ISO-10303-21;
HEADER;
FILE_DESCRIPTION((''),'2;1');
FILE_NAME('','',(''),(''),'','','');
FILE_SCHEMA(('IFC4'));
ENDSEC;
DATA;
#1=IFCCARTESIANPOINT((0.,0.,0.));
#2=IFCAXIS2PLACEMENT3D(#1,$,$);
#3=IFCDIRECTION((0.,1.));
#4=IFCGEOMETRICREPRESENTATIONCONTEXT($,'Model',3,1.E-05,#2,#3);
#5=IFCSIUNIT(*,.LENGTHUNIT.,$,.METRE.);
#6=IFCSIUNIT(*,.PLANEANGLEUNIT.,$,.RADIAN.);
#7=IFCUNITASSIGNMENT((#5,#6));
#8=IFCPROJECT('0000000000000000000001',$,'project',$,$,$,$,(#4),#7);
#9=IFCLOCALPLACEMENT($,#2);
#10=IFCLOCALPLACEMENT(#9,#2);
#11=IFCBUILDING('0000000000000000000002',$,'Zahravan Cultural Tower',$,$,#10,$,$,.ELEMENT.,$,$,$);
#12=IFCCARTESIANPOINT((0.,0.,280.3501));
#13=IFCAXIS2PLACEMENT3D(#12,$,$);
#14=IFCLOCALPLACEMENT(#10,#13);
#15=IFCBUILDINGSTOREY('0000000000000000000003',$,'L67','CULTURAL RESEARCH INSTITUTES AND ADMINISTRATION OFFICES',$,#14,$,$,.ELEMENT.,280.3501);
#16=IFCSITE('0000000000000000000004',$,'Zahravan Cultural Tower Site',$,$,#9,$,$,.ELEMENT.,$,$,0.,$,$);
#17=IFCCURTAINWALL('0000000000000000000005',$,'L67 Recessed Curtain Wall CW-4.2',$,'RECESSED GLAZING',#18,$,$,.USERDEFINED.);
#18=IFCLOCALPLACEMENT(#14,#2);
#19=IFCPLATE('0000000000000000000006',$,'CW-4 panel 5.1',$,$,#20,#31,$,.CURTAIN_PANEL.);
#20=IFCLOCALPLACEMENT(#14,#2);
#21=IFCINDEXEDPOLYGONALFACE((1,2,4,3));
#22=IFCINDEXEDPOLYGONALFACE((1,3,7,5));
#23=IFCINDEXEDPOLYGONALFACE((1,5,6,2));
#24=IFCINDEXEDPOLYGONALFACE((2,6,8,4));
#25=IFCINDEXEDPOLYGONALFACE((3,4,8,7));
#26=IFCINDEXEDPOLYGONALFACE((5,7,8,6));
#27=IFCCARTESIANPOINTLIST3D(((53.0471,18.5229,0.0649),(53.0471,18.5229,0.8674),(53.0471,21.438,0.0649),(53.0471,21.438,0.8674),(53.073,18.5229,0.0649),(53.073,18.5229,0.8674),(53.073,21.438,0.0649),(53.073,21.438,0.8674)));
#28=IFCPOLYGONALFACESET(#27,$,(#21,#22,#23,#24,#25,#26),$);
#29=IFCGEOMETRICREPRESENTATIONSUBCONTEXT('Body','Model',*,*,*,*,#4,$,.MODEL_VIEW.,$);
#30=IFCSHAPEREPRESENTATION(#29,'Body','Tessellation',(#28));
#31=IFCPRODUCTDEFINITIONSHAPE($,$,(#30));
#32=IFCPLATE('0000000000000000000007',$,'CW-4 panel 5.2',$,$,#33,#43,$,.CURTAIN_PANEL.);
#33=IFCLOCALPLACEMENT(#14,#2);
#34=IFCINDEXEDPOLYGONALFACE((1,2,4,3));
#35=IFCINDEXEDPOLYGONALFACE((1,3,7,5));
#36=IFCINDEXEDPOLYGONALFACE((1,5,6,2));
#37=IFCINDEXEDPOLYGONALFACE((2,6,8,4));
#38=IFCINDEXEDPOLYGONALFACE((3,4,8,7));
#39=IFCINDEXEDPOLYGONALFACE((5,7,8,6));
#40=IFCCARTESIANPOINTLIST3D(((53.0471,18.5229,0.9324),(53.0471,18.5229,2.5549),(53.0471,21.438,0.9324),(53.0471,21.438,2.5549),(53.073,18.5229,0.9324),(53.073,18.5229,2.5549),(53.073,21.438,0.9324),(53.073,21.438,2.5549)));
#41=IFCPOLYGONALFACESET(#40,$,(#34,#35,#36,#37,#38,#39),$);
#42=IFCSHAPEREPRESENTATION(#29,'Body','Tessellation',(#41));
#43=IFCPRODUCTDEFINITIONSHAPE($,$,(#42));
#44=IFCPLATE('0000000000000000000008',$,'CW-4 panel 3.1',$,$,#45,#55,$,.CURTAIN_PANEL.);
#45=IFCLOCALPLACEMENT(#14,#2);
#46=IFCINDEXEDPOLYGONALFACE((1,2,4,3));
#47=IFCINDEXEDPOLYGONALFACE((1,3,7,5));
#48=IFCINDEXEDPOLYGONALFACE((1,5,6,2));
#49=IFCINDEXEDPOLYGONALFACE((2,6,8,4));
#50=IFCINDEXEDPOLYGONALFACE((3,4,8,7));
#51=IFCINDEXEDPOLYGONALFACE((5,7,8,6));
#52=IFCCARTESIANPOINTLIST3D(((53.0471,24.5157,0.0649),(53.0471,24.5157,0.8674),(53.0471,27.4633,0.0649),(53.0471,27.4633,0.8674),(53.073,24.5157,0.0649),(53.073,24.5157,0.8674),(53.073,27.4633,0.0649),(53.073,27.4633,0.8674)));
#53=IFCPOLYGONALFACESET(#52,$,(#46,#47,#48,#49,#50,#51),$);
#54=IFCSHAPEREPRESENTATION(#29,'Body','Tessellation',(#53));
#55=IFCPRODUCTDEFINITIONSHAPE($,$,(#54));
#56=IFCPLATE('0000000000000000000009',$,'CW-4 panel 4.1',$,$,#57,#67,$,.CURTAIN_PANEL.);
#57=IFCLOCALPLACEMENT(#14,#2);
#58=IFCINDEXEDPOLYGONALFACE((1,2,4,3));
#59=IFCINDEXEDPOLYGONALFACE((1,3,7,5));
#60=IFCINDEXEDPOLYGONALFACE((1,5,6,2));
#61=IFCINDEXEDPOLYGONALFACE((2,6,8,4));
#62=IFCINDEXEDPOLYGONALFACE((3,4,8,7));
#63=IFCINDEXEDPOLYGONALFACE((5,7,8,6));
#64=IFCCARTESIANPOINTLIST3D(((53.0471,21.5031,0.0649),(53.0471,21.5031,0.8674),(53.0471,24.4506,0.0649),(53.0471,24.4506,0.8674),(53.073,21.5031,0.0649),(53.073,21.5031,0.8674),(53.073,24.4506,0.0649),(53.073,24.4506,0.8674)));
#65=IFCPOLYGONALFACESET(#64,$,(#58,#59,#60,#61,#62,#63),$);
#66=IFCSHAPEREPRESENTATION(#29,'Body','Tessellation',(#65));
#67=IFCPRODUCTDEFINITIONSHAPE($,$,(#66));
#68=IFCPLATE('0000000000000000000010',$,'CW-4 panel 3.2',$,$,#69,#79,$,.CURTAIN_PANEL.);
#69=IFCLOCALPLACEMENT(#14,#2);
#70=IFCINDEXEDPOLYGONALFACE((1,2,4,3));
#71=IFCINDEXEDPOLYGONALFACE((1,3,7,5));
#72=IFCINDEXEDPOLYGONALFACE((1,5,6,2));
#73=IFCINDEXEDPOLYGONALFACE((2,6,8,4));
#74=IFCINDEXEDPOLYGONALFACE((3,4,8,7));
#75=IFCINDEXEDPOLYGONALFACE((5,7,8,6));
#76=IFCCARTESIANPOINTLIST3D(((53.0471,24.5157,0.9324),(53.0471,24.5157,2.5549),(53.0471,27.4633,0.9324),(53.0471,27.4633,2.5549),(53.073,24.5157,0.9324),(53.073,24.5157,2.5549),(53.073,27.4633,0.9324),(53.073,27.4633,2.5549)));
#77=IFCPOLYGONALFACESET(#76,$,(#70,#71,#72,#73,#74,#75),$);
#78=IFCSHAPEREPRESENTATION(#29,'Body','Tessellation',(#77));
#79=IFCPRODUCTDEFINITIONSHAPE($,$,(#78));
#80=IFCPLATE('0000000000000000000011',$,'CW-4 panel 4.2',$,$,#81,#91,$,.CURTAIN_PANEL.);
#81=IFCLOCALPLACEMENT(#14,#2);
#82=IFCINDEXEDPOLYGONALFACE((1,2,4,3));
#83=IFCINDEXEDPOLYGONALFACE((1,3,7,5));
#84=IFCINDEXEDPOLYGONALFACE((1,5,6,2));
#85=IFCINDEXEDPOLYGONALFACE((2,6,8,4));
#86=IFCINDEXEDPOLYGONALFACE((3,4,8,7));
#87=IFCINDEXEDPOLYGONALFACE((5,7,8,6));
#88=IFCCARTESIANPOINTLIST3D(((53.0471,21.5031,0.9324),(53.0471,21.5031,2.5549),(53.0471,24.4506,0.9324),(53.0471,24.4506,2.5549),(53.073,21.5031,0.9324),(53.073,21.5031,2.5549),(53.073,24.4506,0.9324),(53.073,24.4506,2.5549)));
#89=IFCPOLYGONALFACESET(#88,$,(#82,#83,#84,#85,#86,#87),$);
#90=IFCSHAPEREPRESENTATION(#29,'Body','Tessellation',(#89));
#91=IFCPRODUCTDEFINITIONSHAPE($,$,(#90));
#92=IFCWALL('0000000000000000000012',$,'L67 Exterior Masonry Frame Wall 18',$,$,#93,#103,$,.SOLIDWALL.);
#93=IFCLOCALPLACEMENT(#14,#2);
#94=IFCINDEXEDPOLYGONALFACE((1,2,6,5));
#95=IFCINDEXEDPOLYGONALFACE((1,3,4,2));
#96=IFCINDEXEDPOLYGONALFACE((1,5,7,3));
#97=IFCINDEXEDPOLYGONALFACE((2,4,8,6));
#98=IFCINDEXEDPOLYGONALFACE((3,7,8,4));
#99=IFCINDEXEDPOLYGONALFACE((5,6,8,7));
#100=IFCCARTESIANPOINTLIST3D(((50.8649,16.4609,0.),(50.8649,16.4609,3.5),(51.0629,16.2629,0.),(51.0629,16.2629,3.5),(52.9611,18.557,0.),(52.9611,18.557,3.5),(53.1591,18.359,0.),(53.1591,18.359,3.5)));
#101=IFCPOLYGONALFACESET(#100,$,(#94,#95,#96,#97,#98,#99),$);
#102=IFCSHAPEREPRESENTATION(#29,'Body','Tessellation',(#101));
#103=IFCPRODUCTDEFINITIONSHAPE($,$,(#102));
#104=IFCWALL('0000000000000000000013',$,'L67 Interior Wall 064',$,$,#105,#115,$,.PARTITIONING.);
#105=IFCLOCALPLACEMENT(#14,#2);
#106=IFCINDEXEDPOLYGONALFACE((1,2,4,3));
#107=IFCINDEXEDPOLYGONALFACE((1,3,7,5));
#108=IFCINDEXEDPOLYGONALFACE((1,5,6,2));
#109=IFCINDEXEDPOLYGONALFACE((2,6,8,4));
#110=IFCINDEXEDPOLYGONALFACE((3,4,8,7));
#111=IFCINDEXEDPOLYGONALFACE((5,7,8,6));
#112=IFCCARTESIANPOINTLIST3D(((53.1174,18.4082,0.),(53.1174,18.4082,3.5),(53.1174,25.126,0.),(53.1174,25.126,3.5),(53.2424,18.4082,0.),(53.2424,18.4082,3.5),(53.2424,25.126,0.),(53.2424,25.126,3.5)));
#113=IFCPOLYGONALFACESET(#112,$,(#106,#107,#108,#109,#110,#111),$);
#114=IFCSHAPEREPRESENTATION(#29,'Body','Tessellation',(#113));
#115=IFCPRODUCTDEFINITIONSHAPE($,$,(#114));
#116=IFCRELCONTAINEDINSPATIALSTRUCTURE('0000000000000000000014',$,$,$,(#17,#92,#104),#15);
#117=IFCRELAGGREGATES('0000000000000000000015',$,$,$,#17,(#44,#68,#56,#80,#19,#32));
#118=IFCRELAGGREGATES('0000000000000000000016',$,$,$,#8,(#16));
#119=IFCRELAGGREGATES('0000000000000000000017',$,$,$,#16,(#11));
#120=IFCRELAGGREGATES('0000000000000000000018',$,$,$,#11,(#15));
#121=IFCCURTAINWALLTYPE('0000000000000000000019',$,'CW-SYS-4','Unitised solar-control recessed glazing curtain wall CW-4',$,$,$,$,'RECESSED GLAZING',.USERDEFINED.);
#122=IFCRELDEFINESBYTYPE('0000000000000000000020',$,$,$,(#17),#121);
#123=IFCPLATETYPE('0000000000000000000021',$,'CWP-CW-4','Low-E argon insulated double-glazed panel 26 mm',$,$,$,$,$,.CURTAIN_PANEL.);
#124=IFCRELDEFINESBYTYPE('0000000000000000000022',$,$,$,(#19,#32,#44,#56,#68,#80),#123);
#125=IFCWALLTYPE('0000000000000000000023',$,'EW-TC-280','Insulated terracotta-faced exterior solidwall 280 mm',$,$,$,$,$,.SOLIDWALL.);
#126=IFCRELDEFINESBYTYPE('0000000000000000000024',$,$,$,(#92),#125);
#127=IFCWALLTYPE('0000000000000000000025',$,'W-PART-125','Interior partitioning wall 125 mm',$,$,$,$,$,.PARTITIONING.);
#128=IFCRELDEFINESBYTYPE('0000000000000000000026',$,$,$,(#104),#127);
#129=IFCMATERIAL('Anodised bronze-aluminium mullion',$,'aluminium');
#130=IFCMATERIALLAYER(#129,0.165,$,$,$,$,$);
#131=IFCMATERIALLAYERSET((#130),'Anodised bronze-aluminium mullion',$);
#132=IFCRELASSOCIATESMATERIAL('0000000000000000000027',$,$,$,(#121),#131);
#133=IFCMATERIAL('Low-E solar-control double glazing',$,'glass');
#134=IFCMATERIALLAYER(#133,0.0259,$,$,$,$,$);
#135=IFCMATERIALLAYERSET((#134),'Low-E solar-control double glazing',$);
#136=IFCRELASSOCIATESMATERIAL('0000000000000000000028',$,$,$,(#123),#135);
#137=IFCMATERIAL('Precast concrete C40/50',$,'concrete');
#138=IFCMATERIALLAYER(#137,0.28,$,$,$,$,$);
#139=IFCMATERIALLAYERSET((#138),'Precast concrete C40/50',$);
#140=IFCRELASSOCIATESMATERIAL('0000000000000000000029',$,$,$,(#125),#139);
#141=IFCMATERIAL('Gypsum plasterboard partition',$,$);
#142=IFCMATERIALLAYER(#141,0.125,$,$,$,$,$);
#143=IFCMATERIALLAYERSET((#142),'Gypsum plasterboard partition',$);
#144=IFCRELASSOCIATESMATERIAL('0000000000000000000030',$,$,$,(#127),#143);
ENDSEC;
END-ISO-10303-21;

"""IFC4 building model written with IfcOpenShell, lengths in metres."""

from ifc_helpers import new_model, si_unit, direction, frame, frame_2d, origin, origin_2d, place, context, subcontext, project, spatial, rectangle, extrude, source, transform, mapped, material, layer, layer_set, type_object, element, aggregate, save


model = new_model("IFC4")

# Units and contexts
model_context = context("Model", 3, precision=1e-05, world=origin(), true_north=direction((0.0, 1.0)))
body_context = subcontext(model_context, "Body", "Model", "MODEL_VIEW")
ifc_project = project(units=[si_unit("LENGTHUNIT", "METRE"), si_unit("PLANEANGLEUNIT", "RADIAN")], contexts=[model_context])

# Site, building, storey
site_placement = place(None, origin())
site = spatial("IfcSite", under=ifc_project, at=site_placement, Name="Zahravan Cultural Tower Site", CompositionType="ELEMENT", RefElevation=0.0)
building_placement = place(site_placement, origin())
building = spatial("IfcBuilding", under=site, at=building_placement, Name="Zahravan Cultural Tower", CompositionType="ELEMENT")
storey_placement = place(building_placement, frame((0.0, 0.0, 280.3501)))
storey = spatial("IfcBuildingStorey", under=building, at=storey_placement, Name="L67", Description="CULTURAL RESEARCH INSTITUTES AND ADMINISTRATION OFFICES", CompositionType="ELEMENT", Elevation=280.3501)

# Curtain wall, plates
ifc_material_1 = material(Name="Anodised bronze-aluminium mullion", Category="aluminium")
ifc_layer_1 = layer(ifc_material_1, 0.165)
ifc_layer_set_1 = layer_set([ifc_layer_1], Name="Anodised bronze-aluminium mullion")
curtain_wall_type = type_object("IfcCurtainWallType", Name="CW-SYS-4", Description="Unitised solar-control recessed glazing curtain wall CW-4", ElementType="RECESSED GLAZING", PredefinedType="USERDEFINED", material=ifc_layer_set_1)
curtain_wall_placement = place(storey_placement, origin())
curtain_wall = element("IfcCurtainWall", 1, at=curtain_wall_placement, inside=storey, type_object=curtain_wall_type, Name="L67 Recessed Curtain Wall CW-4.2", ObjectType="RECESSED GLAZING", PredefinedType="USERDEFINED")
ifc_material_2 = material(Name="Low-E solar-control double glazing", Category="glass")
ifc_layer_2 = layer(ifc_material_2, 0.0259)
ifc_layer_set_2 = layer_set([ifc_layer_2], Name="Low-E solar-control double glazing")
plate_type = type_object("IfcPlateType", Name="CWP-CW-4", Description="Low-E argon insulated double-glazed panel 26 mm", PredefinedType="CURTAIN_PANEL", material=ifc_layer_set_2)
shared_shape_1 = source(origin(), body_context, "Body", "SweptSolid", [
    extrude(rectangle(XDim=2.915, YDim=0.0259, at=origin_2d()), origin(), (0.0, 0.0, 1.0), 0.8025),
])
plate_1_placement = place(storey_placement, frame((53.0601, 19.9805, 0.0649), z_axis=(0.0, 0.0, 1.0), x_axis=(0.0, -1.0, 0.0)))
plate_1 = element("IfcPlate", 2, at=plate_1_placement, type_object=plate_type, Name="CW-4 panel 5.1", PredefinedType="CURTAIN_PANEL", context=body_context, shape_type="MappedRepresentation", body=[
    mapped(shared_shape_1, transform((0.0, 0.0, 0.0), x_axis=(1.0, 0.0, 0.0), y_axis=(0.0, 1.0, 0.0), z_axis=(0.0, 0.0, 1.0), scale=1.0)),
])
shared_shape_2 = source(origin(), body_context, "Body", "SweptSolid", [
    extrude(rectangle(XDim=2.915, YDim=0.0259, at=origin_2d()), origin(), (0.0, 0.0, 1.0), 1.6226),
])
plate_2_placement = place(storey_placement, frame((53.0601, 19.9805, 0.9324), z_axis=(0.0, 0.0, 1.0), x_axis=(0.0, -1.0, 0.0)))
plate_2 = element("IfcPlate", 3, at=plate_2_placement, type_object=plate_type, Name="CW-4 panel 5.2", PredefinedType="CURTAIN_PANEL", context=body_context, shape_type="MappedRepresentation", body=[
    mapped(shared_shape_2, transform((0.0, 0.0, 0.0), x_axis=(1.0, 0.0, 0.0), y_axis=(0.0, 1.0, 0.0), z_axis=(0.0, 0.0, 1.0), scale=1.0)),
])
shared_shape_3 = source(origin(), body_context, "Body", "SweptSolid", [
    extrude(rectangle(XDim=2.9475, YDim=0.0259, at=origin_2d()), origin(), (0.0, 0.0, 1.0), 0.8025),
])
plate_3_placement = place(storey_placement, frame((53.0601, 25.9895, 0.0649), z_axis=(0.0, 0.0, 1.0), x_axis=(0.0, -1.0, 0.0)))
plate_3 = element("IfcPlate", 4, at=plate_3_placement, type_object=plate_type, Name="CW-4 panel 3.1", PredefinedType="CURTAIN_PANEL", context=body_context, shape_type="MappedRepresentation", body=[
    mapped(shared_shape_3, transform((0.0, 0.0, 0.0), x_axis=(1.0, 0.0, 0.0), y_axis=(0.0, 1.0, 0.0), z_axis=(0.0, 0.0, 1.0), scale=1.0)),
])
plate_4_placement = place(storey_placement, frame((53.0601, 22.9768, 0.0649), z_axis=(0.0, 0.0, 1.0), x_axis=(0.0, -1.0, 0.0)))
plate_4 = element("IfcPlate", 5, at=plate_4_placement, type_object=plate_type, Name="CW-4 panel 4.1", PredefinedType="CURTAIN_PANEL", context=body_context, shape_type="MappedRepresentation", body=[
    mapped(shared_shape_3, transform((0.0, 0.0, 0.0), x_axis=(1.0, 0.0, 0.0), y_axis=(0.0, 1.0, 0.0), z_axis=(0.0, 0.0, 1.0), scale=1.0)),
])
shared_shape_4 = source(origin(), body_context, "Body", "SweptSolid", [
    extrude(rectangle(XDim=2.9475, YDim=0.0259, at=origin_2d()), origin(), (0.0, 0.0, 1.0), 1.6226),
])
plate_5_placement = place(storey_placement, frame((53.0601, 25.9895, 0.9324), z_axis=(0.0, 0.0, 1.0), x_axis=(0.0, -1.0, 0.0)))
plate_5 = element("IfcPlate", 6, at=plate_5_placement, type_object=plate_type, Name="CW-4 panel 3.2", PredefinedType="CURTAIN_PANEL", context=body_context, shape_type="MappedRepresentation", body=[
    mapped(shared_shape_4, transform((0.0, 0.0, 0.0), x_axis=(1.0, 0.0, 0.0), y_axis=(0.0, 1.0, 0.0), z_axis=(0.0, 0.0, 1.0), scale=1.0)),
])
plate_6_placement = place(storey_placement, frame((53.0601, 22.9768, 0.9324), z_axis=(0.0, 0.0, 1.0), x_axis=(0.0, -1.0, 0.0)))
plate_6 = element("IfcPlate", 7, at=plate_6_placement, type_object=plate_type, Name="CW-4 panel 4.2", PredefinedType="CURTAIN_PANEL", context=body_context, shape_type="MappedRepresentation", body=[
    mapped(shared_shape_4, transform((0.0, 0.0, 0.0), x_axis=(1.0, 0.0, 0.0), y_axis=(0.0, 1.0, 0.0), z_axis=(0.0, 0.0, 1.0), scale=1.0)),
])
aggregate(curtain_wall, [plate_3, plate_5, plate_4, plate_6, plate_1, plate_2])

# Walls
ifc_material_3 = material(Name="Precast concrete C40/50", Category="concrete")
ifc_layer_3 = layer(ifc_material_3, 0.28)
ifc_layer_set_3 = layer_set([ifc_layer_3], Name="Precast concrete C40/50")
wall_type_1 = type_object("IfcWallType", Name="EW-TC-280", Description="Insulated terracotta-faced exterior solidwall 280 mm", PredefinedType="SOLIDWALL", material=ifc_layer_set_3)
shared_shape_5 = source(origin(), body_context, "Body", "SweptSolid", [
    extrude(rectangle(XDim=2.9644, YDim=0.28, at=frame_2d((1.4822, 0.0))), origin(), (0.0, 0.0, 1.0), 3.5),
])
wall_1_placement = place(storey_placement, frame((53.0601, 18.458, 0.0), z_axis=(0.0, 0.0, 1.0), x_axis=(-0.707107, -0.707107, 0.0)))
element("IfcWall", 8, at=wall_1_placement, inside=storey, type_object=wall_type_1, Name="L67 Exterior Masonry Frame Wall 18", PredefinedType="SOLIDWALL", context=body_context, shape_type="MappedRepresentation", body=[
    mapped(shared_shape_5, transform((0.0, 0.0, 0.0), x_axis=(1.0, 0.0, 0.0), y_axis=(0.0, 1.0, 0.0), z_axis=(0.0, 0.0, 1.0), scale=1.0)),
])
ifc_material_4 = material(Name="Gypsum plasterboard partition")
ifc_layer_4 = layer(ifc_material_4, 0.125)
ifc_layer_set_4 = layer_set([ifc_layer_4], Name="Gypsum plasterboard partition")
wall_type_2 = type_object("IfcWallType", Name="W-PART-125", Description="Interior partitioning wall 125 mm", PredefinedType="PARTITIONING", material=ifc_layer_set_4)
shared_shape_6 = source(origin(), body_context, "Body", "SweptSolid", [
    extrude(rectangle(XDim=6.7178, YDim=0.125, at=frame_2d((3.3589, 0.0))), origin(), (0.0, 0.0, 1.0), 3.5),
])
wall_2_placement = place(storey_placement, frame((53.1799, 25.126, 0.0), z_axis=(0.0, 0.0, 1.0), x_axis=(0.0, -1.0, 0.0)))
element("IfcWall", 9, at=wall_2_placement, inside=storey, type_object=wall_type_2, Name="L67 Interior Wall 064", PredefinedType="PARTITIONING", context=body_context, shape_type="MappedRepresentation", body=[
    mapped(shared_shape_6, transform((0.0, 0.0, 0.0), x_axis=(1.0, 0.0, 0.0), y_axis=(0.0, 1.0, 0.0), z_axis=(0.0, 0.0, 1.0), scale=1.0)),
])

save(model, "model.ifc")
